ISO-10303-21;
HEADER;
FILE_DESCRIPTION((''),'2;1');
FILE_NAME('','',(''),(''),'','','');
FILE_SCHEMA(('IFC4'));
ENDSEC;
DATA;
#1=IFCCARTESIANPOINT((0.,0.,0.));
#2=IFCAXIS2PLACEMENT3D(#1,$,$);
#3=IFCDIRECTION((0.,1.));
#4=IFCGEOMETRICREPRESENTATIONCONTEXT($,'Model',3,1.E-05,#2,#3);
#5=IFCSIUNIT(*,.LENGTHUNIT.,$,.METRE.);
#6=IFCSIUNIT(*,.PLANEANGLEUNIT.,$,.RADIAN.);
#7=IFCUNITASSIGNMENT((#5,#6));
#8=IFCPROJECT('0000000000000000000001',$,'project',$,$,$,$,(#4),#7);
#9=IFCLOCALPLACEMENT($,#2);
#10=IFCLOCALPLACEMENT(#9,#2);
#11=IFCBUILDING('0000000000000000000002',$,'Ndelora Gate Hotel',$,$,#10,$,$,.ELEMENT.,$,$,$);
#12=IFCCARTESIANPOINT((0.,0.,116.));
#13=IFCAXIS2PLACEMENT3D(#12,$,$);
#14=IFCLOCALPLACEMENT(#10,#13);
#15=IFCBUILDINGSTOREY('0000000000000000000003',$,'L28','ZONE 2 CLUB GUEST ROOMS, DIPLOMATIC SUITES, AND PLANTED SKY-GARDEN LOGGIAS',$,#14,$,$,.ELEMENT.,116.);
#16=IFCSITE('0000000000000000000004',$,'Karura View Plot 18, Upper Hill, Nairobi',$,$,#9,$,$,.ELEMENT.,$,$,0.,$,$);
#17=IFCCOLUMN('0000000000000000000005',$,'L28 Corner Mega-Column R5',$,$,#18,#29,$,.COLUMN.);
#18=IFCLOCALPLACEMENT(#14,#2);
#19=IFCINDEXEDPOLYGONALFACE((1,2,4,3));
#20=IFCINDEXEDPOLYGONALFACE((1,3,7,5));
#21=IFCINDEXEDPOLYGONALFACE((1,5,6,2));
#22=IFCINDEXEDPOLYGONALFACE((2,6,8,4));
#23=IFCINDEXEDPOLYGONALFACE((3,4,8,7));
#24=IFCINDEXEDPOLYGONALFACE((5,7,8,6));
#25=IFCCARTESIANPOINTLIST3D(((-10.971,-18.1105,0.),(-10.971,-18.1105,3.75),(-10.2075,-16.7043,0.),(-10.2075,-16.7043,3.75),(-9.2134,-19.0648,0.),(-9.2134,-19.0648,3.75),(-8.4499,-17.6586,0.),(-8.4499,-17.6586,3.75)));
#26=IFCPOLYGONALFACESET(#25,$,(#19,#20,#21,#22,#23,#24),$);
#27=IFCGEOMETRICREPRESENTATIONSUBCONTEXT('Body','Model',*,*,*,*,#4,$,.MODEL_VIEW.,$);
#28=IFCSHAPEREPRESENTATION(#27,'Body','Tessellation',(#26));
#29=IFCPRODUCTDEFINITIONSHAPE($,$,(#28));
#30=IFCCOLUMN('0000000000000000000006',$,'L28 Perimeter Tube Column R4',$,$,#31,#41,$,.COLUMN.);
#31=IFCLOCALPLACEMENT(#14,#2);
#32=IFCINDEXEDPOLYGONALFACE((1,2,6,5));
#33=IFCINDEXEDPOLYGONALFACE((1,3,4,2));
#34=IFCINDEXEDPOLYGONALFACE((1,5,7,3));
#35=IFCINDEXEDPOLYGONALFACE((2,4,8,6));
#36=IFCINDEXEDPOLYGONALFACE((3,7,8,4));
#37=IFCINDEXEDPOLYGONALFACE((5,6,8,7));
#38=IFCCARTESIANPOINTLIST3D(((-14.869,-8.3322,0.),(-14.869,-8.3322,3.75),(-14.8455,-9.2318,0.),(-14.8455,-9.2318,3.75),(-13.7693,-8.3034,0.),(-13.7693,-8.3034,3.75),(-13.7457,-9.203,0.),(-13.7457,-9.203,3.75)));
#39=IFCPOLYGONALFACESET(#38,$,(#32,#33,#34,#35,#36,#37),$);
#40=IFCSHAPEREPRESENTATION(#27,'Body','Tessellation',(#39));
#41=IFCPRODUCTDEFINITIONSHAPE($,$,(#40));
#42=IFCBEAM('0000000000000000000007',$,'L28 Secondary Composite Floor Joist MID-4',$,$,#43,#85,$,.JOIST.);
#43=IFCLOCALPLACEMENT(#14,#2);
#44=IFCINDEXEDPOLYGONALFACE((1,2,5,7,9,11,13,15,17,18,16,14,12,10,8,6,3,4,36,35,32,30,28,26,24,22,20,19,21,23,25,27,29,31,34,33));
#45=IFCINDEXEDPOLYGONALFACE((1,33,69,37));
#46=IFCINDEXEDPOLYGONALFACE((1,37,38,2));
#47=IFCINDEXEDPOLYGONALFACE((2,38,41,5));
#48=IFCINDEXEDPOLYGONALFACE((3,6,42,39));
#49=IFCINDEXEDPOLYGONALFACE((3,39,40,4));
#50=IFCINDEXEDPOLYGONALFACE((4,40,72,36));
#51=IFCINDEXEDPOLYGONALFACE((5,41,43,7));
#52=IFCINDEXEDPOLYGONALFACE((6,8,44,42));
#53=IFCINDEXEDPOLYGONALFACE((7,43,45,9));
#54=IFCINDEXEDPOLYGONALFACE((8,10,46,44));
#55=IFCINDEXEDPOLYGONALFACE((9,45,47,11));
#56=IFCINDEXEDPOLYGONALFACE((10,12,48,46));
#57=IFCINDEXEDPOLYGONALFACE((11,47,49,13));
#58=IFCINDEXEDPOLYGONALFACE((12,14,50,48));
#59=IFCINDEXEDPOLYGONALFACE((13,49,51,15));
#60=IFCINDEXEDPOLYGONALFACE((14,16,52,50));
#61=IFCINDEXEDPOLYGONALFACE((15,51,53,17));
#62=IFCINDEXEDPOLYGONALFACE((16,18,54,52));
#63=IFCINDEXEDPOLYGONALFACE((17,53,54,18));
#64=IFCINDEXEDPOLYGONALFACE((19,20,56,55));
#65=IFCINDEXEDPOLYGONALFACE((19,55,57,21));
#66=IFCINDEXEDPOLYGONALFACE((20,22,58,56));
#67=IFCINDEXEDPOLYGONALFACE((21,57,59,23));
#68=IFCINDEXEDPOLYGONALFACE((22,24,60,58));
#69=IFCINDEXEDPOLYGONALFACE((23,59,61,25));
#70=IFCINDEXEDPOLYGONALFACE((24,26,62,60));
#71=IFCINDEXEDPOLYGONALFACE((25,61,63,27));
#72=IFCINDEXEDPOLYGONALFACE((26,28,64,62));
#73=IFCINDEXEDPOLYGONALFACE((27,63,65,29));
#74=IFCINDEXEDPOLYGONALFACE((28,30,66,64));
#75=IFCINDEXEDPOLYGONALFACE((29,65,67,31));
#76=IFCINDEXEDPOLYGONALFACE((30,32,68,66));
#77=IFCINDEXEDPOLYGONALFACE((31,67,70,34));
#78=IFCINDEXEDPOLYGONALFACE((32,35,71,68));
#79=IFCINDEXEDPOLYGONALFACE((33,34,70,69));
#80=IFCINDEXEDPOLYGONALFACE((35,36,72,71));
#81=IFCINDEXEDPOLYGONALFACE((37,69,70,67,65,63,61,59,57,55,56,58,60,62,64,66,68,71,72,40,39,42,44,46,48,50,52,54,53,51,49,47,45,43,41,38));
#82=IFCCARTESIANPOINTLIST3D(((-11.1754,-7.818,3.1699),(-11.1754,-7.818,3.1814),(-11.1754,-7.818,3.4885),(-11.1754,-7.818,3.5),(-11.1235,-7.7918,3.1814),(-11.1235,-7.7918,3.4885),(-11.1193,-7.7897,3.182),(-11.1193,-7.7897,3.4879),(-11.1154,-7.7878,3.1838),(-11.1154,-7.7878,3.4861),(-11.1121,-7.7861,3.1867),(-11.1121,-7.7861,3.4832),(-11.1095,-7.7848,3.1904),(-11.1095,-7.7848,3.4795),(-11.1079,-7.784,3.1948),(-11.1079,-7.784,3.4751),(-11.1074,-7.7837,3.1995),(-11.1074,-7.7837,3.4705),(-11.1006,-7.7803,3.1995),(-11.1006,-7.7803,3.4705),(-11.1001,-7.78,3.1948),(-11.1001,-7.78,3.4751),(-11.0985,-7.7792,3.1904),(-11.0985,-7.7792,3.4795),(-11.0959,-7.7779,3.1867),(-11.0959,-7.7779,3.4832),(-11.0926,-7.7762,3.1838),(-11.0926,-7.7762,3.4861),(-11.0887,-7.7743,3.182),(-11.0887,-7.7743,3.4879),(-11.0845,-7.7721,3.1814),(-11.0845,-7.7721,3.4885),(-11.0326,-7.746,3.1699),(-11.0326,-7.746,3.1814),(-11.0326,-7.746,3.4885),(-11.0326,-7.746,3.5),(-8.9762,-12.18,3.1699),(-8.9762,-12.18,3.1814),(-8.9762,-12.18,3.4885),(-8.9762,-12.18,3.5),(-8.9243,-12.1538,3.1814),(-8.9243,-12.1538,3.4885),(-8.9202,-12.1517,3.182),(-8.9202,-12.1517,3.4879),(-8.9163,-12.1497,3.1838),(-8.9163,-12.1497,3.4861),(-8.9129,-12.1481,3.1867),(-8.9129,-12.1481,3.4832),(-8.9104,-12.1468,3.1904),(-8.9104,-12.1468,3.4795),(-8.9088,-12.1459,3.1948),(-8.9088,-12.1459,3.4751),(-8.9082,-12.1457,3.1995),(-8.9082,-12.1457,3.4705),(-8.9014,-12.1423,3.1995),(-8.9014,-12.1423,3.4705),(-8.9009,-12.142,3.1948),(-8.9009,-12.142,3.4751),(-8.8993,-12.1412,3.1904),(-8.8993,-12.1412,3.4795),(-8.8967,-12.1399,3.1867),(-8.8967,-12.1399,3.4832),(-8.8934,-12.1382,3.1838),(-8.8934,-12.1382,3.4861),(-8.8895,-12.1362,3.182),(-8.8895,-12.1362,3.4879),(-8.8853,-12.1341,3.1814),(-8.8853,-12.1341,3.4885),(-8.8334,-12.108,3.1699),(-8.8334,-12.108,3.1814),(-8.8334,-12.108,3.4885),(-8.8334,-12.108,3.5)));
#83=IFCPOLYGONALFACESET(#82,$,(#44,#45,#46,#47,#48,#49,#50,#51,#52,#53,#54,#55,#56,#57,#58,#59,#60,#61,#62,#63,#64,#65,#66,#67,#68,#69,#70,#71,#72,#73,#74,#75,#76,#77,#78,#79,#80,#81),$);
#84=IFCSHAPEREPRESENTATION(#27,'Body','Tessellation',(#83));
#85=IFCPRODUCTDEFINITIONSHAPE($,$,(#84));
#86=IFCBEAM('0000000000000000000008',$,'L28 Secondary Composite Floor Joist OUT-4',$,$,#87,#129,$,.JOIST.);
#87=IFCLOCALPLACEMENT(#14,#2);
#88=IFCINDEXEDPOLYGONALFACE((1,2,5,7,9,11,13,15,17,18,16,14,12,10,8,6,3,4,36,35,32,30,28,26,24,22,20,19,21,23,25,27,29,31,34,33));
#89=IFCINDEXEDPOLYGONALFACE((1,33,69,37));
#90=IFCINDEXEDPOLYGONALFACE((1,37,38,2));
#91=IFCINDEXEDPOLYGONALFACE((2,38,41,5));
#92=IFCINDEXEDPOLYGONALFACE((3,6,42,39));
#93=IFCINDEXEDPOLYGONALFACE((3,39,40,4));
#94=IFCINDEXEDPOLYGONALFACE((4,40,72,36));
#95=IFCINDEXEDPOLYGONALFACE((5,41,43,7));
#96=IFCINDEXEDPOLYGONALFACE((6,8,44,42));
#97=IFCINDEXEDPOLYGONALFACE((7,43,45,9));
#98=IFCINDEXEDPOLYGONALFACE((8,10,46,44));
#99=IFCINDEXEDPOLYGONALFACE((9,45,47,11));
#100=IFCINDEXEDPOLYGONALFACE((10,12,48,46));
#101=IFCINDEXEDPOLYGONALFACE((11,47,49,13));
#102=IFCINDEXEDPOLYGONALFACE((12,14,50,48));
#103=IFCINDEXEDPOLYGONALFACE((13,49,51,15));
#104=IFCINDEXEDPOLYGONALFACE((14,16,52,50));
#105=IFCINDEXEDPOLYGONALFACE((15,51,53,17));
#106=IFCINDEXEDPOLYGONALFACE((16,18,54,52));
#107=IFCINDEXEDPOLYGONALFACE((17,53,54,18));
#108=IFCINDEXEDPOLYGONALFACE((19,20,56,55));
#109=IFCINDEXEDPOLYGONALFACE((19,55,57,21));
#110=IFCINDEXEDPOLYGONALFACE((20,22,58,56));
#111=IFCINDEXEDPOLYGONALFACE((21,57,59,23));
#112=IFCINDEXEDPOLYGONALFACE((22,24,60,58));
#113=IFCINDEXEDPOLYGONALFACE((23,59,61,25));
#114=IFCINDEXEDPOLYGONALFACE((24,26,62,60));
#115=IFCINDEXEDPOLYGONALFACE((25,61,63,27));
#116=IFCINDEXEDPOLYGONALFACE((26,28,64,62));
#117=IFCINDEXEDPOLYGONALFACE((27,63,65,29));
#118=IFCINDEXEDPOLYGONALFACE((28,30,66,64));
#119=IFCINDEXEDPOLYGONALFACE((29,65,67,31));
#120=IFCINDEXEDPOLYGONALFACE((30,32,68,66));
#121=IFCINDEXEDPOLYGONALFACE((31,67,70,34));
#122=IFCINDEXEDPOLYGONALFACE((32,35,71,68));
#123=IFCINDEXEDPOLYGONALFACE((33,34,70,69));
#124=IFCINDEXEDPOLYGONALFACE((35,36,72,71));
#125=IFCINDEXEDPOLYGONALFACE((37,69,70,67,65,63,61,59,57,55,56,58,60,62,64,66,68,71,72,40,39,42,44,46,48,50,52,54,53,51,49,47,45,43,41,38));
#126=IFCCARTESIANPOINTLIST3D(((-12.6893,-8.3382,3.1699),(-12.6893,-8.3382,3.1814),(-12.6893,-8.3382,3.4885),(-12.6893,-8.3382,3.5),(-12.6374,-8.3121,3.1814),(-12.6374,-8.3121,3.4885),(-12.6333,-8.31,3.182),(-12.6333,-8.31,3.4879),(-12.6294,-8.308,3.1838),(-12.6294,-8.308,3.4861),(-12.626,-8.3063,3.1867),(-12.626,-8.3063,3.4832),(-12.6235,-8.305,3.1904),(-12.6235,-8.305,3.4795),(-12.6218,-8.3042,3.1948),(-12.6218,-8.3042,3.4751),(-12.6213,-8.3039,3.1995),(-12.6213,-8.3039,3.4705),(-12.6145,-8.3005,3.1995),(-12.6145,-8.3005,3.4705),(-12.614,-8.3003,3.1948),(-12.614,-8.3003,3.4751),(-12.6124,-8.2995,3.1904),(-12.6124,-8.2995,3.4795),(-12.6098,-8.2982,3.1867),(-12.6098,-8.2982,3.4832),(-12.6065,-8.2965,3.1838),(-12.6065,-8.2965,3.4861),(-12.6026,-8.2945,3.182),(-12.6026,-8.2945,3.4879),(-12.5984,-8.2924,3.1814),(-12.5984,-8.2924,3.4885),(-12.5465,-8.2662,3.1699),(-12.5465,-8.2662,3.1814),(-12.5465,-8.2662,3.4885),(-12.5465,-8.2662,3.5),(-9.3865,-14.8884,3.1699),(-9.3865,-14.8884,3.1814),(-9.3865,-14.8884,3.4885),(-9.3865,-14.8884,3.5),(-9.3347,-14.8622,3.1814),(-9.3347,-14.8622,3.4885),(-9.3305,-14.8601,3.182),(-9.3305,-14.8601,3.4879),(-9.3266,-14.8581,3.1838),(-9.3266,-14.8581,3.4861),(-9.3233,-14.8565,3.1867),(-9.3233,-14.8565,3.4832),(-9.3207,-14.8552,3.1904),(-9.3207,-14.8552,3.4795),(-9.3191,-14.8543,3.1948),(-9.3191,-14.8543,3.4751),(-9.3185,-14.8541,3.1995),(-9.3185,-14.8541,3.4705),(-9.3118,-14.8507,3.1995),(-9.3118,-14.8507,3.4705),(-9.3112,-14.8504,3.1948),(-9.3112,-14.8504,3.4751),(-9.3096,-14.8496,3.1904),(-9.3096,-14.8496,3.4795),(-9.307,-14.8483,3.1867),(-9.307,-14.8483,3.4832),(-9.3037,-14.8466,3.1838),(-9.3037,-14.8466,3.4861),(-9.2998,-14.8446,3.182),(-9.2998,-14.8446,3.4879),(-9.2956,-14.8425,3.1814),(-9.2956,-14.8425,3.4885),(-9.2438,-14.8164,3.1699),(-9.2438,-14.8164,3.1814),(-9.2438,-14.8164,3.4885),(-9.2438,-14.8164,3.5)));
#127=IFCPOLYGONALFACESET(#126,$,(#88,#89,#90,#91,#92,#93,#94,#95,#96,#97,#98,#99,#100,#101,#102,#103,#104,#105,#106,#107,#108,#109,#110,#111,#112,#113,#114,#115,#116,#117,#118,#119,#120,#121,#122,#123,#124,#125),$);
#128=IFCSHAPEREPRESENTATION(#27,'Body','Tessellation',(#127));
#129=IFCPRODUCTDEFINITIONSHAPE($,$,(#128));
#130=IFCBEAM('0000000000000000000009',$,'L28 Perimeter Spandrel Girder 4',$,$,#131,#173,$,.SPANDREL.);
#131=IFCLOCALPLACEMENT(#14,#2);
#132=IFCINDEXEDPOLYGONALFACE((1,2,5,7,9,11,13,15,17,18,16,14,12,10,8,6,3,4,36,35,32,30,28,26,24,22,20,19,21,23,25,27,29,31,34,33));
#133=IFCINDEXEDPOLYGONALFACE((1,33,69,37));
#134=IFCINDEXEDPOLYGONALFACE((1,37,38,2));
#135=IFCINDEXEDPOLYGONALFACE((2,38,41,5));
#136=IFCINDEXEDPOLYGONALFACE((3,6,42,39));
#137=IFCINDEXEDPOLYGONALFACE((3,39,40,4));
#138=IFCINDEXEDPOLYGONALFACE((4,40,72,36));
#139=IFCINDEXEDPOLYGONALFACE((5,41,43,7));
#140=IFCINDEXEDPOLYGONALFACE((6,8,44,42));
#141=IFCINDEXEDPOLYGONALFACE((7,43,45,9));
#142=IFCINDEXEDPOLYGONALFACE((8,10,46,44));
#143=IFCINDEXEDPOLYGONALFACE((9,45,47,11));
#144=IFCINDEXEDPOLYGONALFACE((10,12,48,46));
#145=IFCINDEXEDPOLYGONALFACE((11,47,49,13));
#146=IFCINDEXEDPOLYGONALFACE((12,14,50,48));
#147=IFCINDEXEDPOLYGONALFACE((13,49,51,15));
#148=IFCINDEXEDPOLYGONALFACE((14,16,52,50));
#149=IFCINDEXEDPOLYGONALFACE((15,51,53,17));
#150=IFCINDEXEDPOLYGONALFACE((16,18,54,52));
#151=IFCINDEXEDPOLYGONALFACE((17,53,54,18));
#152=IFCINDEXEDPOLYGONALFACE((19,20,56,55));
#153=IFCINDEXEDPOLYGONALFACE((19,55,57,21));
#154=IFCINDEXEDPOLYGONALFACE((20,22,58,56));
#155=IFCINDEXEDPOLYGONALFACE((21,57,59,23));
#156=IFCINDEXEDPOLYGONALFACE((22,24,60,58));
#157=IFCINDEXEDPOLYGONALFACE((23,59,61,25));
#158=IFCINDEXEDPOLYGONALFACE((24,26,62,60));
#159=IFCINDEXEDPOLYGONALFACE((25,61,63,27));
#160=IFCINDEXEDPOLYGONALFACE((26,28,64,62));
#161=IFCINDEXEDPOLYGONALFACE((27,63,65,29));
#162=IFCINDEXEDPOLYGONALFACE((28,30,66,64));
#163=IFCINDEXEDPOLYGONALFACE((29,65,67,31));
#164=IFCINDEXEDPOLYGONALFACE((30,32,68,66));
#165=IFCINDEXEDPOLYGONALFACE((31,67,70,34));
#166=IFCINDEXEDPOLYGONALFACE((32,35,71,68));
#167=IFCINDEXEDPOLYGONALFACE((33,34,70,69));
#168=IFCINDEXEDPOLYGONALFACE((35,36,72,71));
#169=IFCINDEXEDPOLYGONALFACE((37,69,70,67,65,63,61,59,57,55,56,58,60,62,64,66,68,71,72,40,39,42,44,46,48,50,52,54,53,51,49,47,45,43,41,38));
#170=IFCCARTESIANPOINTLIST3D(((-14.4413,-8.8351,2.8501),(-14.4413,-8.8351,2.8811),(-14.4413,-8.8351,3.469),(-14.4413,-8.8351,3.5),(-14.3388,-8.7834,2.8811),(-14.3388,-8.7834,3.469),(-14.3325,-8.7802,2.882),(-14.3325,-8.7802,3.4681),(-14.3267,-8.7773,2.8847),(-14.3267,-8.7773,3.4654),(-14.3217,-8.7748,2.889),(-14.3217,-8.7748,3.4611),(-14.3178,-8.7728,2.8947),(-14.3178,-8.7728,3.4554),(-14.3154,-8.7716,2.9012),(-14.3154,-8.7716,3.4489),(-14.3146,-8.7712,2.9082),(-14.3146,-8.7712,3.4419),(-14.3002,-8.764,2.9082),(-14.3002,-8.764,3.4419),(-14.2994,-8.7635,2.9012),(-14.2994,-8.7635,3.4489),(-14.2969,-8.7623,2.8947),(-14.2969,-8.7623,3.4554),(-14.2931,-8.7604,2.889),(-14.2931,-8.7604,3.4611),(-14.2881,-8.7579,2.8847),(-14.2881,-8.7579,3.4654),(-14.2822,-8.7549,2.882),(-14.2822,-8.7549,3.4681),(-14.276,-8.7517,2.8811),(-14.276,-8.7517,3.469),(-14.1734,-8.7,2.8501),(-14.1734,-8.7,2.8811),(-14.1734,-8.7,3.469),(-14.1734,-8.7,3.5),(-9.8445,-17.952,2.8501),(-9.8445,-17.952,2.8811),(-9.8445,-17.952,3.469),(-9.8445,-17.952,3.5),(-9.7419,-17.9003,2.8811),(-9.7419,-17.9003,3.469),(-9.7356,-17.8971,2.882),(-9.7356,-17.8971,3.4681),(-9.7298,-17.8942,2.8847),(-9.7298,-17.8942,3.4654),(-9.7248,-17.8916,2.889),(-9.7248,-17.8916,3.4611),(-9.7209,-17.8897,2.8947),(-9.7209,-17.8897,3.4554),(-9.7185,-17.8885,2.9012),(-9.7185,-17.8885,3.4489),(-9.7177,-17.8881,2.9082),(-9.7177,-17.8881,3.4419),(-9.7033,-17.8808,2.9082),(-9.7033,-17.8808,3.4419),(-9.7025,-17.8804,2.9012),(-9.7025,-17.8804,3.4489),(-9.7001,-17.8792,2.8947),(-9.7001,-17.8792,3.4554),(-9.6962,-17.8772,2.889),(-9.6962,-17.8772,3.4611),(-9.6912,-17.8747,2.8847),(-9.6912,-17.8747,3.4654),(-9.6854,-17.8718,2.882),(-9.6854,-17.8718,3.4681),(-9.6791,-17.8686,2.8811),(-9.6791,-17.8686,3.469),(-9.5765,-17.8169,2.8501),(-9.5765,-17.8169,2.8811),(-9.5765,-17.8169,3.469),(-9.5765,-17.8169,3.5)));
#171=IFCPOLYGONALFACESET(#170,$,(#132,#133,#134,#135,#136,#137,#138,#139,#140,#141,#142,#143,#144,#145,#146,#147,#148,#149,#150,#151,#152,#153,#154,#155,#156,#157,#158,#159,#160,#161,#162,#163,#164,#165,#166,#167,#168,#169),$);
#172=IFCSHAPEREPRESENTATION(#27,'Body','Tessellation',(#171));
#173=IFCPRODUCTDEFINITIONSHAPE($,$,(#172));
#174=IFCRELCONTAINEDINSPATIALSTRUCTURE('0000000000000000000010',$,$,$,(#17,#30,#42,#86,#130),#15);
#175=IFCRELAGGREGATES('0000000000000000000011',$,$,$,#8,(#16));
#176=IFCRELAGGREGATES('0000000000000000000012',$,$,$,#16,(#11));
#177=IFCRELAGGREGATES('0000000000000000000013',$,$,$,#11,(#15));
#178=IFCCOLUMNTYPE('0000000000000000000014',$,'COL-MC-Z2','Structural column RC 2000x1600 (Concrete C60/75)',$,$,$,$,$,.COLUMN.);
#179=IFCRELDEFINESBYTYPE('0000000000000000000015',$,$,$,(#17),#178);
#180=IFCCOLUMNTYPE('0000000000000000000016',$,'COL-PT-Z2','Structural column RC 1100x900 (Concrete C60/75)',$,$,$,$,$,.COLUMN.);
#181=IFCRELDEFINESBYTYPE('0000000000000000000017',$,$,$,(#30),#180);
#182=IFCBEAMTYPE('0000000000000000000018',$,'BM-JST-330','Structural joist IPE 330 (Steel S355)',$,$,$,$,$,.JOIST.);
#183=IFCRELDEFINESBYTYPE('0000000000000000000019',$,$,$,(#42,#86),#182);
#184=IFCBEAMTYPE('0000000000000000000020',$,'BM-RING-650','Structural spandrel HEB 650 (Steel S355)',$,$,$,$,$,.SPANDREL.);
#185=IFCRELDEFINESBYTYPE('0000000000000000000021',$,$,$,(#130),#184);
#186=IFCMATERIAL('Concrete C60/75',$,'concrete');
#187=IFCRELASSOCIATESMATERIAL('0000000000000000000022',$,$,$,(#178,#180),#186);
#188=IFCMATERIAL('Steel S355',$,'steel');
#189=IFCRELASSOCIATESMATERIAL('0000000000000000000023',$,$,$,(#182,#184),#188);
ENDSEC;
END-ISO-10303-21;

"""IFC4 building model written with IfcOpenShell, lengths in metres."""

from ifc_helpers import new_model, si_unit, direction, frame, origin, origin_2d, place, context, subcontext, project, spatial, rectangle, i_section, extrude, material, material_profile, profile_set, type_object, element, save


model = new_model("IFC4")

# Units and contexts
model_context = context("Model", 3, precision=1e-05, world=origin(), true_north=direction((0.0, 1.0)))
body_context = subcontext(model_context, "Body", "Model", "MODEL_VIEW")
ifc_project = project(units=[si_unit("LENGTHUNIT", "METRE"), si_unit("PLANEANGLEUNIT", "RADIAN")], contexts=[model_context])

# Site, building, storey
site_placement = place(None, origin())
site = spatial("IfcSite", under=ifc_project, at=site_placement, Name="Karura View Plot 18, Upper Hill, Nairobi", CompositionType="ELEMENT", RefElevation=0.0)
building_placement = place(site_placement, origin())
building = spatial("IfcBuilding", under=site, at=building_placement, Name="Ndelora Gate Hotel", CompositionType="ELEMENT")
storey_placement = place(building_placement, frame((0.0, 0.0, 116.0)))
storey = spatial("IfcBuildingStorey", under=building, at=storey_placement, Name="L28", Description="ZONE 2 CLUB GUEST ROOMS, DIPLOMATIC SUITES, AND PLANTED SKY-GARDEN LOGGIAS", CompositionType="ELEMENT", Elevation=116.0)

# Columns
ifc_material_1 = material(Name="Concrete C60/75", Category="concrete")
ifc_material_profile_1 = material_profile(ifc_material_1, rectangle(XDim=1.6001, YDim=2.0, at=origin_2d()), Name="RC 2000x1600")
ifc_profile_set_1 = profile_set([ifc_material_profile_1], Name="Concrete C60/75")
column_type_1 = type_object("IfcColumnType", Name="COL-MC-Z2", Description="Structural column RC 2000x1600 (Concrete C60/75)", PredefinedType="COLUMN", material=ifc_profile_set_1)
column_1_placement = place(storey_placement, frame((-9.7104, -17.8845, 0.0), z_axis=(0.0, 0.0, 1.0), x_axis=(0.477159, 0.878817, 0.0)))
element("IfcColumn", 1, at=column_1_placement, inside=storey, type_object=column_type_1, Name="L28 Corner Mega-Column R5", PredefinedType="COLUMN", context=body_context, shape_type="SweptSolid", body=[
    extrude(rectangle(XDim=1.6001, YDim=2.0, at=origin_2d()), origin(), (0.0, 0.0, 1.0), 3.75),
])
ifc_material_profile_2 = material_profile(ifc_material_1, rectangle(XDim=0.8999, YDim=1.1001, at=origin_2d()), Name="RC 1100x900")
ifc_profile_set_2 = profile_set([ifc_material_profile_2], Name="Concrete C60/75")
column_type_2 = type_object("IfcColumnType", Name="COL-PT-Z2", Description="Structural column RC 1100x900 (Concrete C60/75)", PredefinedType="COLUMN", material=ifc_profile_set_2)
column_2_placement = place(storey_placement, frame((-14.3074, -8.7676, 0.0), z_axis=(0.0, 0.0, 1.0), x_axis=(-0.026177, 0.999657, 0.0)))
element("IfcColumn", 2, at=column_2_placement, inside=storey, type_object=column_type_2, Name="L28 Perimeter Tube Column R4", PredefinedType="COLUMN", context=body_context, shape_type="SweptSolid", body=[
    extrude(rectangle(XDim=0.8999, YDim=1.1001, at=origin_2d()), origin(), (0.0, 0.0, 1.0), 3.75),
])

# Beams
ifc_material_2 = material(Name="Steel S355", Category="steel")
ifc_material_profile_3 = material_profile(ifc_material_2, i_section(OverallWidth=0.1599, OverallDepth=0.3301, WebThickness=0.0076, FlangeThickness=0.0115, FilletRadius=0.0181, at=origin_2d()), Name="IPE 330")
ifc_profile_set_3 = profile_set([ifc_material_profile_3], Name="Steel S355")
beam_type_1 = type_object("IfcBeamType", Name="BM-JST-330", Description="Structural joist IPE 330 (Steel S355)", PredefinedType="JOIST", material=ifc_profile_set_3)
beam_1_placement = place(storey_placement, frame((-11.104, -7.782, 3.335), z_axis=(0.45019, -0.892933, 0.0), x_axis=(0.892933, 0.45019, 0.0)))
element("IfcBeam", 3, at=beam_1_placement, inside=storey, type_object=beam_type_1, Name="L28 Secondary Composite Floor Joist MID-4", PredefinedType="JOIST", context=body_context, shape_type="SweptSolid", body=[
    extrude(i_section(OverallWidth=0.1599, OverallDepth=0.3301, WebThickness=0.0076, FlangeThickness=0.0115, FilletRadius=0.0181, at=origin_2d()), origin(), (0.0, 0.0, 1.0), 4.885),
])
beam_2_placement = place(storey_placement, frame((-12.6179, -8.3022, 3.335), z_axis=(0.450233, -0.892911, 0.0), x_axis=(0.892911, 0.450233, 0.0)))
element("IfcBeam", 4, at=beam_2_placement, inside=storey, type_object=beam_type_1, Name="L28 Secondary Composite Floor Joist OUT-4", PredefinedType="JOIST", context=body_context, shape_type="SweptSolid", body=[
    extrude(i_section(OverallWidth=0.1599, OverallDepth=0.3301, WebThickness=0.0076, FlangeThickness=0.0115, FilletRadius=0.0181, at=origin_2d()), origin(), (0.0, 0.0, 1.0), 7.3357),
])
ifc_material_profile_4 = material_profile(ifc_material_2, i_section(OverallWidth=0.3, OverallDepth=0.6499, WebThickness=0.0161, FlangeThickness=0.031, FilletRadius=0.0271, at=origin_2d()), Name="HEB 650")
ifc_profile_set_4 = profile_set([ifc_material_profile_4], Name="Steel S355")
beam_type_2 = type_object("IfcBeamType", Name="BM-RING-650", Description="Structural spandrel HEB 650 (Steel S355)", PredefinedType="SPANDREL", material=ifc_profile_set_4)
for number, where, z_axis, x_axis, name in (
    (5, (-14.3074, -8.7676, 3.175), (0.450224, -0.892916, 0.0), (0.892916, 0.450224, 0.0), "L28 Perimeter Spandrel Girder 4"),
):
    element("IfcBeam", number, at=place(storey_placement, frame(where, z_axis=z_axis, x_axis=x_axis)), inside=storey, type_object=beam_type_2, Name=name, PredefinedType="SPANDREL", context=body_context, shape_type="SweptSolid", body=[
        extrude(i_section(OverallWidth=0.3, OverallDepth=0.6499, WebThickness=0.0161, FlangeThickness=0.031, FilletRadius=0.0271, at=origin_2d()), origin(), (0.0, 0.0, 1.0), 10.2102),
    ])

save(model, "model.ifc")
